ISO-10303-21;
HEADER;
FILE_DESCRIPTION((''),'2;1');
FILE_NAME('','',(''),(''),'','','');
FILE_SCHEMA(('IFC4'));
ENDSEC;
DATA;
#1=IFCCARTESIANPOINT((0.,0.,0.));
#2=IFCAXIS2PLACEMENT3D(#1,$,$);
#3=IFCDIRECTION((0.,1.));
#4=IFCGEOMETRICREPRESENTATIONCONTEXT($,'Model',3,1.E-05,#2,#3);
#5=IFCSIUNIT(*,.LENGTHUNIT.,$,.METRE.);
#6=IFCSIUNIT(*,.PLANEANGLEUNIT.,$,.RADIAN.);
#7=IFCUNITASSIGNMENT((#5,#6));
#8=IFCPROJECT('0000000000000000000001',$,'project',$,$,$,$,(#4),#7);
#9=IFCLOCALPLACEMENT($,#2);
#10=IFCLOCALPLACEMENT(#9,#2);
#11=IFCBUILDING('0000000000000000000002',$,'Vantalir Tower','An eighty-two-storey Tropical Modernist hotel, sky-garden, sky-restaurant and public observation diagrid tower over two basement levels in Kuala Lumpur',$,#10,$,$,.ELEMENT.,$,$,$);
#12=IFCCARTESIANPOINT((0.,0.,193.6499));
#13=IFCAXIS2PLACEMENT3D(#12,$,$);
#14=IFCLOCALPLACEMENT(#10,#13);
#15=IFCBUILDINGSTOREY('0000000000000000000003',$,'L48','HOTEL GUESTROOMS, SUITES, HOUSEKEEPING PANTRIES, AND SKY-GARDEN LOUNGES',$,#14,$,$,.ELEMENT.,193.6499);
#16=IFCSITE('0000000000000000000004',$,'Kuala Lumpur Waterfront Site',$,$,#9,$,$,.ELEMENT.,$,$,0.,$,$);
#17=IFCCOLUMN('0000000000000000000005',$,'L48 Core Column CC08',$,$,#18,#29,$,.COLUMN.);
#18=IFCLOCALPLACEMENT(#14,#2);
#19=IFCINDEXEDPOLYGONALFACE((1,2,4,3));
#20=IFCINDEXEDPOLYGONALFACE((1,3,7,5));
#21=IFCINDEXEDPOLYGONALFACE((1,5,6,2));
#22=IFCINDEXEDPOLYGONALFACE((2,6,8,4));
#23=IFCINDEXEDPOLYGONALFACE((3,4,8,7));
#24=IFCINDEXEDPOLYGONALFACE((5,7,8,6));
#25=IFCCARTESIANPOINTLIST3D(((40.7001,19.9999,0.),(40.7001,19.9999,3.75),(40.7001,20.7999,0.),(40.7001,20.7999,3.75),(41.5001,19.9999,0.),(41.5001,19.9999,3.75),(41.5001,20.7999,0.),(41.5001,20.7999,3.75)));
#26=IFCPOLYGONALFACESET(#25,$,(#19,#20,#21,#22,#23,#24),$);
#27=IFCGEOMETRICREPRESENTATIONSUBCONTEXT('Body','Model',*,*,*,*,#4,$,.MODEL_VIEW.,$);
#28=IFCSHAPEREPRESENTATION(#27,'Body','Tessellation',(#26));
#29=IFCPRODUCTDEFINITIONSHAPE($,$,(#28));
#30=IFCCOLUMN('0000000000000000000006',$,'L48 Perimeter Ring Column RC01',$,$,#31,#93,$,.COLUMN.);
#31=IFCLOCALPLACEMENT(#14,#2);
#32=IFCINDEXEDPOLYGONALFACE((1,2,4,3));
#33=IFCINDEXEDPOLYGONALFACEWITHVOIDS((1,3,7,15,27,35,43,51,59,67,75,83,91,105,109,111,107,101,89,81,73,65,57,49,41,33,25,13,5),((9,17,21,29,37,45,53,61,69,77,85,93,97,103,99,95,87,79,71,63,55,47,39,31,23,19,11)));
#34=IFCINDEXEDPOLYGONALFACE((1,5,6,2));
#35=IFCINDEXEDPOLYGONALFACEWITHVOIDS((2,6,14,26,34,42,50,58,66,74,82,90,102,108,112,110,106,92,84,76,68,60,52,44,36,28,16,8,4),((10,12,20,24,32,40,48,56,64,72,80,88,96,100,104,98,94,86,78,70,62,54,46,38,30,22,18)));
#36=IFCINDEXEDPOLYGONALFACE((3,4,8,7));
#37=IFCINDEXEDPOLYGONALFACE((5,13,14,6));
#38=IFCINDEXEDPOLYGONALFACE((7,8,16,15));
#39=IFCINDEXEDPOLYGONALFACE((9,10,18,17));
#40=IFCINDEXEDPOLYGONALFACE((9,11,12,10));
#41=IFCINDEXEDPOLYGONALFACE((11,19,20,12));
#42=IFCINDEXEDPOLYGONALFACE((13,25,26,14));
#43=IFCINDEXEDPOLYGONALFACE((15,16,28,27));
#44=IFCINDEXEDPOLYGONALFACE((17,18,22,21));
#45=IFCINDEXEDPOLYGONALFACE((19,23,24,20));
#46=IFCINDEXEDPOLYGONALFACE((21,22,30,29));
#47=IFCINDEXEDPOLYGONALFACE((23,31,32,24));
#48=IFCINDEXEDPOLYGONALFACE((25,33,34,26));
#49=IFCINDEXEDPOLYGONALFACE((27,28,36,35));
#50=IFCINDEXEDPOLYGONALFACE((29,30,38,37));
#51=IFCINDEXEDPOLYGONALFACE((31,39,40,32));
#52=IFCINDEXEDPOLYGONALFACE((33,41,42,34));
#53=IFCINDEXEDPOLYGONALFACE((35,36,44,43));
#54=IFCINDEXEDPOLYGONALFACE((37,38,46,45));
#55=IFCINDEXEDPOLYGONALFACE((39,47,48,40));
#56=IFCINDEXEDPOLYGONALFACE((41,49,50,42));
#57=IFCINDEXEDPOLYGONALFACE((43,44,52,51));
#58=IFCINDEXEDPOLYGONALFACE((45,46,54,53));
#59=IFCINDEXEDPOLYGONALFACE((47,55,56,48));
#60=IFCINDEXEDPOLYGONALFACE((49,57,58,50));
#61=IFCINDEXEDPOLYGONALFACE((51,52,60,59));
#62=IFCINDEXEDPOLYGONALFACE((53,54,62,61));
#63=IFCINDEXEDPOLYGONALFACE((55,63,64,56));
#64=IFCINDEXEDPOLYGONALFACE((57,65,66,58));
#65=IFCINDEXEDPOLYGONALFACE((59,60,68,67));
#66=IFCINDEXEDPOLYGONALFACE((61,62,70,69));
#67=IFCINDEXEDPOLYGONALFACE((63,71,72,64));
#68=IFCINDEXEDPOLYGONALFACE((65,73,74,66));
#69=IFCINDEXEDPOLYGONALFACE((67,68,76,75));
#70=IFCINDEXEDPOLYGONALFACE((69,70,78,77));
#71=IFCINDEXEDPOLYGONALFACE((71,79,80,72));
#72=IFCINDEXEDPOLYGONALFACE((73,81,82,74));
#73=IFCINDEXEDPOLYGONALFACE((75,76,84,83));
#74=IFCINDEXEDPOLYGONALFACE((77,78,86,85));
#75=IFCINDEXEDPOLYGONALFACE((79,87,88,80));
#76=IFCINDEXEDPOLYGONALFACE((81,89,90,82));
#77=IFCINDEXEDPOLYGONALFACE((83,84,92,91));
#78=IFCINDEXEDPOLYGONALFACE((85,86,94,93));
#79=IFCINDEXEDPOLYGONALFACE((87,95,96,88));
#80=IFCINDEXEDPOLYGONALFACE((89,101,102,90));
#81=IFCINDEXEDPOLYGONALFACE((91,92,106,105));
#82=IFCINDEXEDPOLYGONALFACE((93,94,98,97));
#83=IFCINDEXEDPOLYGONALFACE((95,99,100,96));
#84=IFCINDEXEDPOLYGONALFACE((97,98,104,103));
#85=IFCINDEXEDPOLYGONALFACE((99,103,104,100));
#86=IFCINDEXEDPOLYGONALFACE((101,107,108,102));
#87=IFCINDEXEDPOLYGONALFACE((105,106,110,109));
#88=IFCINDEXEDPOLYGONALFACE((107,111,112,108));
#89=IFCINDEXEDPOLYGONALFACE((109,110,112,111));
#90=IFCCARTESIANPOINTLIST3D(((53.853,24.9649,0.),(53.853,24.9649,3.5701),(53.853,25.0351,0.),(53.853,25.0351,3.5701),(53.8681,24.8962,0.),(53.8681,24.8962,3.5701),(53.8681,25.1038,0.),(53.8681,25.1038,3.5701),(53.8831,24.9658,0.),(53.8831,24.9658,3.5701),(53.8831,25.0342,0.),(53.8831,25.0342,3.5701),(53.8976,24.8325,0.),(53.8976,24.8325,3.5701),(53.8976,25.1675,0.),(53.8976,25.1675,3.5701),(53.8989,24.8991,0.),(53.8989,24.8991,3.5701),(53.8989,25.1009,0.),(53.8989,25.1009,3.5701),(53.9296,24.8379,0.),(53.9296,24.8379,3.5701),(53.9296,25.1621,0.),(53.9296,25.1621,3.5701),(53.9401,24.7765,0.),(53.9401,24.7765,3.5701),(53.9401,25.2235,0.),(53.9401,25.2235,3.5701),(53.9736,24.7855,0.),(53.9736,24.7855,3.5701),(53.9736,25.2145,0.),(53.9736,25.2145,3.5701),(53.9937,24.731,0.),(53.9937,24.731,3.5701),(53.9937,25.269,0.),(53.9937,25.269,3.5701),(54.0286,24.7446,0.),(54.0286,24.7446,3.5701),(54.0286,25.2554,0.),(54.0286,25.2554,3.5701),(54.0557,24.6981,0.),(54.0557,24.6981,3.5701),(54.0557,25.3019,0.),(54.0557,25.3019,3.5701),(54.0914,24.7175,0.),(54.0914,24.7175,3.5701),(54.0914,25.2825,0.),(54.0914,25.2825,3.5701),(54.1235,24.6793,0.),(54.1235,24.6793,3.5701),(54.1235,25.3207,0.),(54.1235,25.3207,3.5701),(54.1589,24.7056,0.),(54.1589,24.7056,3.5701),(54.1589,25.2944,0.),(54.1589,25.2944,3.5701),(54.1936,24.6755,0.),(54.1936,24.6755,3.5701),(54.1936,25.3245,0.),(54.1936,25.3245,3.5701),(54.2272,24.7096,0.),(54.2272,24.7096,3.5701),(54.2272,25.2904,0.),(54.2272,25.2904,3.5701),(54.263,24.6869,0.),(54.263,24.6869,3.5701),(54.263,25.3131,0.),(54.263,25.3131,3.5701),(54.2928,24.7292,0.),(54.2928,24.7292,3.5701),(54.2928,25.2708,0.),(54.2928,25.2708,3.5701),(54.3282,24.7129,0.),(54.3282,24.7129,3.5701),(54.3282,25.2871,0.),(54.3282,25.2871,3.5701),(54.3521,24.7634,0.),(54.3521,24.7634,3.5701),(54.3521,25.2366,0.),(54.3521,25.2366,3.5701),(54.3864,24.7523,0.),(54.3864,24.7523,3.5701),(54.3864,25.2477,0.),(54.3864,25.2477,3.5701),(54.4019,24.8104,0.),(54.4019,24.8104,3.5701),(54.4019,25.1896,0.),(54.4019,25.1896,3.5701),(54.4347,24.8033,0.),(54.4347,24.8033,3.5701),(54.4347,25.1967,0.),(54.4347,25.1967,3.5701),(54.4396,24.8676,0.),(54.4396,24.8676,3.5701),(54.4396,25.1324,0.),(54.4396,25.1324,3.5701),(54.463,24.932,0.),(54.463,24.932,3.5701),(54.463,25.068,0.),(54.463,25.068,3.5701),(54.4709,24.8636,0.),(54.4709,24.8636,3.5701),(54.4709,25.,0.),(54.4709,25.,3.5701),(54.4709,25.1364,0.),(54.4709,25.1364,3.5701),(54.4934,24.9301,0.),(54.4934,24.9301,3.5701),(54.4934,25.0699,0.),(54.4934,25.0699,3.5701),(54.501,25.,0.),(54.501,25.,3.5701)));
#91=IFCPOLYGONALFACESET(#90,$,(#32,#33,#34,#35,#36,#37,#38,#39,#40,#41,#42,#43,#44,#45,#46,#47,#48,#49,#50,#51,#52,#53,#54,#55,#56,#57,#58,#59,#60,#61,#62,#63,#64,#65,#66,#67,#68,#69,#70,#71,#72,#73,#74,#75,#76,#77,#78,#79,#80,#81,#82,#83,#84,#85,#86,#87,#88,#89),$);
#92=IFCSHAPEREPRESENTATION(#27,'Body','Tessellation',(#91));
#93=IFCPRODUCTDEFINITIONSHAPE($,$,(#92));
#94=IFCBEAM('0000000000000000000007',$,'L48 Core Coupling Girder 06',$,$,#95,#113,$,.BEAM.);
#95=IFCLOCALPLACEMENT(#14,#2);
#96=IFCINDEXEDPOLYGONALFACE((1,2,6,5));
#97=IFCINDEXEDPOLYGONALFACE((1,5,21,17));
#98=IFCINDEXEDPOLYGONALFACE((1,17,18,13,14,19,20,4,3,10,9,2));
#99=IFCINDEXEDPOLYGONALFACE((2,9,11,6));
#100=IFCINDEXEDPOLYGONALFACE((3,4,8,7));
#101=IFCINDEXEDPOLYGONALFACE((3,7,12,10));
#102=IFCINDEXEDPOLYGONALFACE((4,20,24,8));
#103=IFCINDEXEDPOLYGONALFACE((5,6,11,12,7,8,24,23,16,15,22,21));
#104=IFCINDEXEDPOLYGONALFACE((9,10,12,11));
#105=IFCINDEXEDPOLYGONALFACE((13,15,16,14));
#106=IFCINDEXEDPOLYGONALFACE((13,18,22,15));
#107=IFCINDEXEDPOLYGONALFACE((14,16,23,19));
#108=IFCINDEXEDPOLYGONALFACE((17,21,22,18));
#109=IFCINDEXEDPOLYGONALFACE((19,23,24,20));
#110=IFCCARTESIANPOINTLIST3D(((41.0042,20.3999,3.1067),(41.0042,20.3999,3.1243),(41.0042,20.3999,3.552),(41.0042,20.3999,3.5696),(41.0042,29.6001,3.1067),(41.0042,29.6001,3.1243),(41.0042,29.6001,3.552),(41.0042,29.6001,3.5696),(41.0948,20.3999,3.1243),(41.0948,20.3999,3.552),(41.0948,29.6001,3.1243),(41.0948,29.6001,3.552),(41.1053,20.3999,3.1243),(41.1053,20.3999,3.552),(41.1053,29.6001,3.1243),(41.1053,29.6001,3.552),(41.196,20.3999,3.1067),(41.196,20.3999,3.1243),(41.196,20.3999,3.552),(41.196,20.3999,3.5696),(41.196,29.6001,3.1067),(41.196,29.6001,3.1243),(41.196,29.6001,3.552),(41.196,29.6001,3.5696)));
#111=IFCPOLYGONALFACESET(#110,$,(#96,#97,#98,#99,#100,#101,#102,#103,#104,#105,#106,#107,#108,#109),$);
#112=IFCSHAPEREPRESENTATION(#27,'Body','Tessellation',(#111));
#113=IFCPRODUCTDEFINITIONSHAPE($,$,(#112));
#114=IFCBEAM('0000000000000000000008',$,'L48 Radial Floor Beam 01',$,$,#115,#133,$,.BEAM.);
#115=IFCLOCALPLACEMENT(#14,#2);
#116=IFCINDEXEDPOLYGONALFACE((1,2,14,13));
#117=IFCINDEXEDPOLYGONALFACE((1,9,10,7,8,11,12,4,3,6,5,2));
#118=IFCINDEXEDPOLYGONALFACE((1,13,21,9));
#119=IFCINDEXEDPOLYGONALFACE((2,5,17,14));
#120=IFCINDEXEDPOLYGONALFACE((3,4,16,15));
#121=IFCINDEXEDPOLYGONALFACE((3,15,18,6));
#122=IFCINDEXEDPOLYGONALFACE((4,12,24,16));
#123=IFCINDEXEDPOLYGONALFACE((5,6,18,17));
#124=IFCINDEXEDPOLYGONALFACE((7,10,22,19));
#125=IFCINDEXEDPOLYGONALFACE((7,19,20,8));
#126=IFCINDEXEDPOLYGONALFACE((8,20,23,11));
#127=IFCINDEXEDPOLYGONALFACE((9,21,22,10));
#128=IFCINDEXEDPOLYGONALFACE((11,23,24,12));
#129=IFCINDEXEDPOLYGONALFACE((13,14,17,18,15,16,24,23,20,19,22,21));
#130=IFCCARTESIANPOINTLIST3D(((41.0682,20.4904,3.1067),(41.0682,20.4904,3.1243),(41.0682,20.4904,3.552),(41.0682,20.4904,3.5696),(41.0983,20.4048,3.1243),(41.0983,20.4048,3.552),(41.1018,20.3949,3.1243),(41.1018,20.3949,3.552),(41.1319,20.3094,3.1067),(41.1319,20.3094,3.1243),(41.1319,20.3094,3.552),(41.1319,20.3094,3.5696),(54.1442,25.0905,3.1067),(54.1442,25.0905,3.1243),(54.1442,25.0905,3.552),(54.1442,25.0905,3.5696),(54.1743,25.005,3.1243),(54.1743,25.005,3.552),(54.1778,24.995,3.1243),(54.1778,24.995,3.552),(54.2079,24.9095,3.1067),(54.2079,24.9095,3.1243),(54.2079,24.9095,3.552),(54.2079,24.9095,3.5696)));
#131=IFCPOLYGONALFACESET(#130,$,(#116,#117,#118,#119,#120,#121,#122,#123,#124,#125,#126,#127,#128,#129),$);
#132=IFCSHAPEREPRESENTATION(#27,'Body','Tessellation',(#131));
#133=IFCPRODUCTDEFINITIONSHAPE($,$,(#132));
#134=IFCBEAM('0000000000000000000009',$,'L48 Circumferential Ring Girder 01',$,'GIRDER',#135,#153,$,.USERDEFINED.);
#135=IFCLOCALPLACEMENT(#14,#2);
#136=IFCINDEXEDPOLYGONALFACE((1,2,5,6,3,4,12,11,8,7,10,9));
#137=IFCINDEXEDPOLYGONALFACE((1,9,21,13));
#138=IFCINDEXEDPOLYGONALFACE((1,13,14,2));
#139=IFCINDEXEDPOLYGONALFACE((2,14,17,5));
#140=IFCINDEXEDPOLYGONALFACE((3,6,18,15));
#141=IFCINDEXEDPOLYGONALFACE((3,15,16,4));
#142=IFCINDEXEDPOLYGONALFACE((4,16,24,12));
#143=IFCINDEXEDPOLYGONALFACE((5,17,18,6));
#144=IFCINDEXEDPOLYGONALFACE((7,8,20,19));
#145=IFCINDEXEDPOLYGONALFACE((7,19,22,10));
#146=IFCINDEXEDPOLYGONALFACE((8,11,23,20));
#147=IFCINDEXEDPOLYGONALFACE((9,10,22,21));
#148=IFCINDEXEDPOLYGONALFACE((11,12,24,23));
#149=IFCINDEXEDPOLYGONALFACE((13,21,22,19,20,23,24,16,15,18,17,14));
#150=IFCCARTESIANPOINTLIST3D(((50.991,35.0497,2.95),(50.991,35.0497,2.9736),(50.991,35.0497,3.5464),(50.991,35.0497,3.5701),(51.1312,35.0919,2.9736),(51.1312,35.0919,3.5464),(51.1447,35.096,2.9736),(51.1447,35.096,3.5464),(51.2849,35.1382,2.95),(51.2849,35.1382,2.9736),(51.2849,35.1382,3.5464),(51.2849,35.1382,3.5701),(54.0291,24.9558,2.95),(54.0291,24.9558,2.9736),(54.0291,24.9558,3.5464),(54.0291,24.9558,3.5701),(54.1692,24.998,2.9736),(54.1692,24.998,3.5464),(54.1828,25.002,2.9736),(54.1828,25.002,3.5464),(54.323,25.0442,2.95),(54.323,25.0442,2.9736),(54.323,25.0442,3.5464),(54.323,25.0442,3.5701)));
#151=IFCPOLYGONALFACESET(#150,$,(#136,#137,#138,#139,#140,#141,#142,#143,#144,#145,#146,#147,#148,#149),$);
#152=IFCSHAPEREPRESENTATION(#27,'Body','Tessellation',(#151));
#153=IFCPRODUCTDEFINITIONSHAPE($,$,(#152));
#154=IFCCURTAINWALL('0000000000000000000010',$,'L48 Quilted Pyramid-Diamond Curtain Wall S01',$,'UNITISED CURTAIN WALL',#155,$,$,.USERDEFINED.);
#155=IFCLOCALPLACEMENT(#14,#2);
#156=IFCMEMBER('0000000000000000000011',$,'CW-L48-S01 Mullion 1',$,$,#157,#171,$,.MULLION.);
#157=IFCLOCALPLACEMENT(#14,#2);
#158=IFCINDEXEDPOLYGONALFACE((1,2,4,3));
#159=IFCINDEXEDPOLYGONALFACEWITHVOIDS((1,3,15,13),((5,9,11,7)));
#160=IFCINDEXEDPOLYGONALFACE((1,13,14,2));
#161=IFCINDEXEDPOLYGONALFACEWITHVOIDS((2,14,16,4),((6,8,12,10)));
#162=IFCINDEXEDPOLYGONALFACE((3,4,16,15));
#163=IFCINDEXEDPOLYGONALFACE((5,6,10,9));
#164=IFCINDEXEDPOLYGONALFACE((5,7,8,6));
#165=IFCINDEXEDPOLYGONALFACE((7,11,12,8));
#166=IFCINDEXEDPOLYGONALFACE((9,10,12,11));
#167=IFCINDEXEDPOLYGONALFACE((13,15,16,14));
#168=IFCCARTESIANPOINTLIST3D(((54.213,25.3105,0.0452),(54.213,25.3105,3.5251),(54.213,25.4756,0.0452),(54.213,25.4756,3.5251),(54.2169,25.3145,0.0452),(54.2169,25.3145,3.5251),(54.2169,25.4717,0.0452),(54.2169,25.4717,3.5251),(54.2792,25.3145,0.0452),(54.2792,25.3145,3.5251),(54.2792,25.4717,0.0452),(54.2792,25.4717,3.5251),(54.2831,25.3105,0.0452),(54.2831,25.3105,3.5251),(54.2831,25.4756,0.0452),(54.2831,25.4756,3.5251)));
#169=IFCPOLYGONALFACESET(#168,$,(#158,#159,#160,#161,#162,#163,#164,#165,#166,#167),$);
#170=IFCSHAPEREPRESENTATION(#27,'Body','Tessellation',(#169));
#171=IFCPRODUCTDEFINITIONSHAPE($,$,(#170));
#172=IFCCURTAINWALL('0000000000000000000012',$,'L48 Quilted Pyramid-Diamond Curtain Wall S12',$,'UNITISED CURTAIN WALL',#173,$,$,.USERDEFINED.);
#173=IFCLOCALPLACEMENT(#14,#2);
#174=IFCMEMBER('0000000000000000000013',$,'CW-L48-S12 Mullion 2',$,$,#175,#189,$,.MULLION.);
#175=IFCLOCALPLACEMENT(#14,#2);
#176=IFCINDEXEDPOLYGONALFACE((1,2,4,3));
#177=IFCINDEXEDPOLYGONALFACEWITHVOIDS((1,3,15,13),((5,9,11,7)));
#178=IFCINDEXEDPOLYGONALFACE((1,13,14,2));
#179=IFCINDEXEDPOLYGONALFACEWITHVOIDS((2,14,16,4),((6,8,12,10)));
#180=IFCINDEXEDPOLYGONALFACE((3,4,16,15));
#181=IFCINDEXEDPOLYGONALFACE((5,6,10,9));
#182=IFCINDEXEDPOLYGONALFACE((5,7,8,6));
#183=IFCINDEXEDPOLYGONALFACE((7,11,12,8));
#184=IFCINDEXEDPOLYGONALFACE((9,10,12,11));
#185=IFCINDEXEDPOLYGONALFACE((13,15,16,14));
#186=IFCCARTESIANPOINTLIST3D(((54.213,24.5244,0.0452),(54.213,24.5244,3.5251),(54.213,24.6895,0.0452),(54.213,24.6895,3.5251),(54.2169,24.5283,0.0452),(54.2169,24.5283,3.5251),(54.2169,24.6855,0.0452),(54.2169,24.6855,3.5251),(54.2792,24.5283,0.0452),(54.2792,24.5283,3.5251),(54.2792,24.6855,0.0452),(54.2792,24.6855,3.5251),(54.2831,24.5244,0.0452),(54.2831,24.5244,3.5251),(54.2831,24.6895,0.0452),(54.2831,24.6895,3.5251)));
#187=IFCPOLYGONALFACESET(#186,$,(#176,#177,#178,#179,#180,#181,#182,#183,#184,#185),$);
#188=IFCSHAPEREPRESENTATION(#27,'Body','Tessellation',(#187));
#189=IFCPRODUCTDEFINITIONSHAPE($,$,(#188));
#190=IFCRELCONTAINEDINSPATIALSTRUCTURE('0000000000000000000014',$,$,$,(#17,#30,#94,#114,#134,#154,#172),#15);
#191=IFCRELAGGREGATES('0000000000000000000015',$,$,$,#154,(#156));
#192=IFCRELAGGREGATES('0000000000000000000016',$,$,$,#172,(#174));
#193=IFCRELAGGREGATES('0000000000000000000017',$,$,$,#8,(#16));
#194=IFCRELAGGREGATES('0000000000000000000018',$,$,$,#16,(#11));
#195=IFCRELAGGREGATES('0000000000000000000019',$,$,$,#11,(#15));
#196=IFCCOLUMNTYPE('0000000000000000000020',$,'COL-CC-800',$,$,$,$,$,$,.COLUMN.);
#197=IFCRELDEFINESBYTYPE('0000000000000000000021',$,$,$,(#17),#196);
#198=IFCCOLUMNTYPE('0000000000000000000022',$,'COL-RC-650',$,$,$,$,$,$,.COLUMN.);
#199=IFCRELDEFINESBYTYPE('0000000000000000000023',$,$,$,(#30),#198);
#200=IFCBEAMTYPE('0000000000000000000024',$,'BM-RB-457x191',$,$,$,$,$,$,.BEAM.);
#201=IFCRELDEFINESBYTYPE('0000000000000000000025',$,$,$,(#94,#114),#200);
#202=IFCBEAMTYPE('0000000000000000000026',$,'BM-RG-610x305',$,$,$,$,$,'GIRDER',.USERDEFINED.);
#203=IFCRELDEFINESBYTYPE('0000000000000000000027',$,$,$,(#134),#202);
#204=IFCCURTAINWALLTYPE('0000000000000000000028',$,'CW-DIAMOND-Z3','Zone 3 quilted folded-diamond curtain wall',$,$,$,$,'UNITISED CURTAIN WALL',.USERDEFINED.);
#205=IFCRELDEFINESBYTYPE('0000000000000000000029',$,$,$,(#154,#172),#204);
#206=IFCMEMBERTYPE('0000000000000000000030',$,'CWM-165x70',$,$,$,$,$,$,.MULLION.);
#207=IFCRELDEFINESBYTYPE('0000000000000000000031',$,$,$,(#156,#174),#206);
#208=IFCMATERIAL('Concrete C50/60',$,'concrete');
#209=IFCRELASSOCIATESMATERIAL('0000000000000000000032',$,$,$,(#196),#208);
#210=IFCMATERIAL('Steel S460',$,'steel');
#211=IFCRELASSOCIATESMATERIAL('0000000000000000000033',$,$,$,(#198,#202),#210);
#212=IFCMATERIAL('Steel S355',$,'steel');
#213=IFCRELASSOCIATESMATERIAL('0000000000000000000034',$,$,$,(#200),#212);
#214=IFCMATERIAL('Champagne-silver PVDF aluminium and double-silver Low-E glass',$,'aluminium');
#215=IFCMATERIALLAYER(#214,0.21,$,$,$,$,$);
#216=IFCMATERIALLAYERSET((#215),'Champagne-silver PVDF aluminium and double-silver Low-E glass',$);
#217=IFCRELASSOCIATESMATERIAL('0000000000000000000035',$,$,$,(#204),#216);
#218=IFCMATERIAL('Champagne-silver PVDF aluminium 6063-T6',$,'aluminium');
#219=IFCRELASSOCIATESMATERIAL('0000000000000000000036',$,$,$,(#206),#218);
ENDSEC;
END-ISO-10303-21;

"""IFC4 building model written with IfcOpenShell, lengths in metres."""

from ifc_helpers import new_model, si_unit, direction, frame, origin, origin_2d, place, context, subcontext, project, spatial, rectangle, hollow_rectangle, hollow_circle, i_section, extrude, material, layer, layer_set, material_profile, profile_set, type_object, element, aggregate, save


model = new_model("IFC4")

# Units and contexts
model_context = context("Model", 3, precision=1e-05, world=origin(), true_north=direction((0.0, 1.0)))
body_context = subcontext(model_context, "Body", "Model", "MODEL_VIEW")
ifc_project = project(units=[si_unit("LENGTHUNIT", "METRE"), si_unit("PLANEANGLEUNIT", "RADIAN")], contexts=[model_context])

# Site, building, storey
site_placement = place(None, origin())
site = spatial("IfcSite", under=ifc_project, at=site_placement, Name="Kuala Lumpur Waterfront Site", CompositionType="ELEMENT", RefElevation=0.0)
building_placement = place(site_placement, origin())
building = spatial("IfcBuilding", under=site, at=building_placement, Name="Vantalir Tower", Description="An eighty-two-storey Tropical Modernist hotel, sky-garden, sky-restaurant and public observation diagrid tower over two basement levels in Kuala Lumpur", CompositionType="ELEMENT")
storey_placement = place(building_placement, frame((0.0, 0.0, 193.6499)))
storey = spatial("IfcBuildingStorey", under=building, at=storey_placement, Name="L48", Description="HOTEL GUESTROOMS, SUITES, HOUSEKEEPING PANTRIES, AND SKY-GARDEN LOUNGES", CompositionType="ELEMENT", Elevation=193.6499)

# Columns
ifc_material_1 = material(Name="Concrete C50/60", Category="concrete")
ifc_material_profile_1 = material_profile(ifc_material_1, rectangle(XDim=0.8, YDim=0.8, at=origin_2d()), Name="Concrete C50/60")
ifc_profile_set_1 = profile_set([ifc_material_profile_1], Name="Concrete C50/60")
column_type_1 = type_object("IfcColumnType", Name="COL-CC-800", PredefinedType="COLUMN", material=ifc_profile_set_1)
column_1_placement = place(storey_placement, frame((41.1001, 20.3999, 0.0), z_axis=(0.0, 0.0, 1.0), x_axis=(1.0, 0.0, 0.0)))
element("IfcColumn", 1, at=column_1_placement, inside=storey, type_object=column_type_1, Name="L48 Core Column CC08", PredefinedType="COLUMN", context=body_context, shape_type="SweptSolid", body=[
    extrude(rectangle(XDim=0.8, YDim=0.8, at=origin_2d()), origin(), (0.0, 0.0, 1.0), 3.75),
])
ifc_material_2 = material(Name="Steel S460", Category="steel")
ifc_material_profile_2 = material_profile(ifc_material_2, hollow_circle(Radius=0.325, WallThickness=0.03, at=origin_2d()), Name="Steel S460")
ifc_profile_set_2 = profile_set([ifc_material_profile_2], Name="Steel S460")
column_type_2 = type_object("IfcColumnType", Name="COL-RC-650", PredefinedType="COLUMN", material=ifc_profile_set_2)
column_2_placement = place(storey_placement, frame((54.176, 25.0, 0.0), z_axis=(0.0, 0.0, 1.0), x_axis=(1.0, 0.0, 0.0)))
element("IfcColumn", 2, at=column_2_placement, inside=storey, type_object=column_type_2, Name="L48 Perimeter Ring Column RC01", PredefinedType="COLUMN", context=body_context, shape_type="SweptSolid", body=[
    extrude(hollow_circle(Radius=0.325, WallThickness=0.03, at=origin_2d()), origin(), (0.0, 0.0, 1.0), 3.5701),
])

# Beams
ifc_material_3 = material(Name="Steel S355", Category="steel")
ifc_material_profile_3 = material_profile(ifc_material_3, i_section(OverallWidth=0.1919, OverallDepth=0.4629, WebThickness=0.0105, FlangeThickness=0.0176, at=origin_2d()), Name="Steel S355")
ifc_profile_set_3 = profile_set([ifc_material_profile_3], Name="Steel S355")
beam_type_1 = type_object("IfcBeamType", Name="BM-RB-457x191", PredefinedType="BEAM", material=ifc_profile_set_3)
beam_1_placement = place(storey_placement, frame((41.1001, 20.3999, 3.3381), z_axis=(0.0, 1.0, 0.0), x_axis=(-1.0, 0.0, 0.0)))
element("IfcBeam", 3, at=beam_1_placement, inside=storey, type_object=beam_type_1, Name="L48 Core Coupling Girder 06", PredefinedType="BEAM", context=body_context, shape_type="SweptSolid", body=[
    extrude(i_section(OverallWidth=0.1919, OverallDepth=0.4629, WebThickness=0.0105, FlangeThickness=0.0176, at=origin_2d()), origin(), (0.0, 0.0, 1.0), 9.2002),
])
beam_2_placement = place(storey_placement, frame((54.176, 25.0, 3.3381), z_axis=(-0.943328, -0.331862, 0.0), x_axis=(0.331862, -0.943328, 0.0)))
element("IfcBeam", 4, at=beam_2_placement, inside=storey, type_object=beam_type_1, Name="L48 Radial Floor Beam 01", PredefinedType="BEAM", context=body_context, shape_type="SweptSolid", body=[
    extrude(i_section(OverallWidth=0.1919, OverallDepth=0.4629, WebThickness=0.0105, FlangeThickness=0.0176, at=origin_2d()), origin(), (0.0, 0.0, 1.0), 13.8616),
])
ifc_material_profile_4 = material_profile(ifc_material_2, i_section(OverallWidth=0.3069, OverallDepth=0.6201, WebThickness=0.0142, FlangeThickness=0.0237, at=origin_2d()), Name="Steel S460")
ifc_profile_set_4 = profile_set([ifc_material_profile_4], Name="Steel S460")
beam_type_2 = type_object("IfcBeamType", Name="BM-RG-610x305", ElementType="GIRDER", PredefinedType="USERDEFINED", material=ifc_profile_set_4)
beam_3_placement = place(storey_placement, frame((54.176, 25.0, 3.26), z_axis=(-0.288208, 0.957568, 0.0), x_axis=(-0.957568, -0.288208, 0.0)))
element("IfcBeam", 5, at=beam_3_placement, inside=storey, type_object=beam_type_2, Name="L48 Circumferential Ring Girder 01", ObjectType="GIRDER", PredefinedType="USERDEFINED", context=body_context, shape_type="SweptSolid", body=[
    extrude(i_section(OverallWidth=0.3069, OverallDepth=0.6201, WebThickness=0.0142, FlangeThickness=0.0237, at=origin_2d()), origin(), (0.0, 0.0, 1.0), 10.5413),
])

# Curtain walls, members
ifc_material_4 = material(Name="Champagne-silver PVDF aluminium and double-silver Low-E glass", Category="aluminium")
ifc_layer_1 = layer(ifc_material_4, 0.21)
ifc_layer_set_1 = layer_set([ifc_layer_1], Name="Champagne-silver PVDF aluminium and double-silver Low-E glass")
curtain_wall_type = type_object("IfcCurtainWallType", Name="CW-DIAMOND-Z3", Description="Zone 3 quilted folded-diamond curtain wall", ElementType="UNITISED CURTAIN WALL", PredefinedType="USERDEFINED", material=ifc_layer_set_1)
curtain_wall_1_placement = place(storey_placement, origin())
curtain_wall_1 = element("IfcCurtainWall", 6, at=curtain_wall_1_placement, inside=storey, type_object=curtain_wall_type, Name="L48 Quilted Pyramid-Diamond Curtain Wall S01", ObjectType="UNITISED CURTAIN WALL", PredefinedType="USERDEFINED")
ifc_material_5 = material(Name="Champagne-silver PVDF aluminium 6063-T6", Category="aluminium")
ifc_material_profile_5 = material_profile(ifc_material_5, hollow_rectangle(XDim=0.0701, YDim=0.165, WallThickness=0.0039, at=origin_2d()), Name="Champagne-silver PVDF aluminium 6063-T6")
ifc_profile_set_5 = profile_set([ifc_material_profile_5], Name="Champagne-silver PVDF aluminium 6063-T6")
member_type_1 = type_object("IfcMemberType", Name="CWM-165x70", PredefinedType="MULLION", material=ifc_profile_set_5)
member_1_placement = place(storey_placement, frame((54.248, 25.3931, 0.0452), z_axis=(0.0, 0.0, 1.0), x_axis=(1.0, 0.0, 0.0)))
member_1 = element("IfcMember", 7, at=member_1_placement, type_object=member_type_1, Name="CW-L48-S01 Mullion 1", PredefinedType="MULLION", context=body_context, shape_type="SweptSolid", body=[
    extrude(hollow_rectangle(XDim=0.0701, YDim=0.165, WallThickness=0.0039, at=origin_2d()), origin(), (0.0, 0.0, 1.0), 3.48),
])
curtain_wall_2_placement = place(storey_placement, origin())
curtain_wall_2 = element("IfcCurtainWall", 8, at=curtain_wall_2_placement, inside=storey, type_object=curtain_wall_type, Name="L48 Quilted Pyramid-Diamond Curtain Wall S12", ObjectType="UNITISED CURTAIN WALL", PredefinedType="USERDEFINED")
member_2_placement = place(storey_placement, frame((54.248, 24.6069, 0.0452), z_axis=(0.0, 0.0, 1.0), x_axis=(1.0, 0.0, 0.0)))
member_2 = element("IfcMember", 9, at=member_2_placement, type_object=member_type_1, Name="CW-L48-S12 Mullion 2", PredefinedType="MULLION", context=body_context, shape_type="SweptSolid", body=[
    extrude(hollow_rectangle(XDim=0.0701, YDim=0.165, WallThickness=0.0039, at=origin_2d()), origin(), (0.0, 0.0, 1.0), 3.48),
])

aggregate(curtain_wall_1, [member_1])
aggregate(curtain_wall_2, [member_2])

save(model, "model.ifc")
